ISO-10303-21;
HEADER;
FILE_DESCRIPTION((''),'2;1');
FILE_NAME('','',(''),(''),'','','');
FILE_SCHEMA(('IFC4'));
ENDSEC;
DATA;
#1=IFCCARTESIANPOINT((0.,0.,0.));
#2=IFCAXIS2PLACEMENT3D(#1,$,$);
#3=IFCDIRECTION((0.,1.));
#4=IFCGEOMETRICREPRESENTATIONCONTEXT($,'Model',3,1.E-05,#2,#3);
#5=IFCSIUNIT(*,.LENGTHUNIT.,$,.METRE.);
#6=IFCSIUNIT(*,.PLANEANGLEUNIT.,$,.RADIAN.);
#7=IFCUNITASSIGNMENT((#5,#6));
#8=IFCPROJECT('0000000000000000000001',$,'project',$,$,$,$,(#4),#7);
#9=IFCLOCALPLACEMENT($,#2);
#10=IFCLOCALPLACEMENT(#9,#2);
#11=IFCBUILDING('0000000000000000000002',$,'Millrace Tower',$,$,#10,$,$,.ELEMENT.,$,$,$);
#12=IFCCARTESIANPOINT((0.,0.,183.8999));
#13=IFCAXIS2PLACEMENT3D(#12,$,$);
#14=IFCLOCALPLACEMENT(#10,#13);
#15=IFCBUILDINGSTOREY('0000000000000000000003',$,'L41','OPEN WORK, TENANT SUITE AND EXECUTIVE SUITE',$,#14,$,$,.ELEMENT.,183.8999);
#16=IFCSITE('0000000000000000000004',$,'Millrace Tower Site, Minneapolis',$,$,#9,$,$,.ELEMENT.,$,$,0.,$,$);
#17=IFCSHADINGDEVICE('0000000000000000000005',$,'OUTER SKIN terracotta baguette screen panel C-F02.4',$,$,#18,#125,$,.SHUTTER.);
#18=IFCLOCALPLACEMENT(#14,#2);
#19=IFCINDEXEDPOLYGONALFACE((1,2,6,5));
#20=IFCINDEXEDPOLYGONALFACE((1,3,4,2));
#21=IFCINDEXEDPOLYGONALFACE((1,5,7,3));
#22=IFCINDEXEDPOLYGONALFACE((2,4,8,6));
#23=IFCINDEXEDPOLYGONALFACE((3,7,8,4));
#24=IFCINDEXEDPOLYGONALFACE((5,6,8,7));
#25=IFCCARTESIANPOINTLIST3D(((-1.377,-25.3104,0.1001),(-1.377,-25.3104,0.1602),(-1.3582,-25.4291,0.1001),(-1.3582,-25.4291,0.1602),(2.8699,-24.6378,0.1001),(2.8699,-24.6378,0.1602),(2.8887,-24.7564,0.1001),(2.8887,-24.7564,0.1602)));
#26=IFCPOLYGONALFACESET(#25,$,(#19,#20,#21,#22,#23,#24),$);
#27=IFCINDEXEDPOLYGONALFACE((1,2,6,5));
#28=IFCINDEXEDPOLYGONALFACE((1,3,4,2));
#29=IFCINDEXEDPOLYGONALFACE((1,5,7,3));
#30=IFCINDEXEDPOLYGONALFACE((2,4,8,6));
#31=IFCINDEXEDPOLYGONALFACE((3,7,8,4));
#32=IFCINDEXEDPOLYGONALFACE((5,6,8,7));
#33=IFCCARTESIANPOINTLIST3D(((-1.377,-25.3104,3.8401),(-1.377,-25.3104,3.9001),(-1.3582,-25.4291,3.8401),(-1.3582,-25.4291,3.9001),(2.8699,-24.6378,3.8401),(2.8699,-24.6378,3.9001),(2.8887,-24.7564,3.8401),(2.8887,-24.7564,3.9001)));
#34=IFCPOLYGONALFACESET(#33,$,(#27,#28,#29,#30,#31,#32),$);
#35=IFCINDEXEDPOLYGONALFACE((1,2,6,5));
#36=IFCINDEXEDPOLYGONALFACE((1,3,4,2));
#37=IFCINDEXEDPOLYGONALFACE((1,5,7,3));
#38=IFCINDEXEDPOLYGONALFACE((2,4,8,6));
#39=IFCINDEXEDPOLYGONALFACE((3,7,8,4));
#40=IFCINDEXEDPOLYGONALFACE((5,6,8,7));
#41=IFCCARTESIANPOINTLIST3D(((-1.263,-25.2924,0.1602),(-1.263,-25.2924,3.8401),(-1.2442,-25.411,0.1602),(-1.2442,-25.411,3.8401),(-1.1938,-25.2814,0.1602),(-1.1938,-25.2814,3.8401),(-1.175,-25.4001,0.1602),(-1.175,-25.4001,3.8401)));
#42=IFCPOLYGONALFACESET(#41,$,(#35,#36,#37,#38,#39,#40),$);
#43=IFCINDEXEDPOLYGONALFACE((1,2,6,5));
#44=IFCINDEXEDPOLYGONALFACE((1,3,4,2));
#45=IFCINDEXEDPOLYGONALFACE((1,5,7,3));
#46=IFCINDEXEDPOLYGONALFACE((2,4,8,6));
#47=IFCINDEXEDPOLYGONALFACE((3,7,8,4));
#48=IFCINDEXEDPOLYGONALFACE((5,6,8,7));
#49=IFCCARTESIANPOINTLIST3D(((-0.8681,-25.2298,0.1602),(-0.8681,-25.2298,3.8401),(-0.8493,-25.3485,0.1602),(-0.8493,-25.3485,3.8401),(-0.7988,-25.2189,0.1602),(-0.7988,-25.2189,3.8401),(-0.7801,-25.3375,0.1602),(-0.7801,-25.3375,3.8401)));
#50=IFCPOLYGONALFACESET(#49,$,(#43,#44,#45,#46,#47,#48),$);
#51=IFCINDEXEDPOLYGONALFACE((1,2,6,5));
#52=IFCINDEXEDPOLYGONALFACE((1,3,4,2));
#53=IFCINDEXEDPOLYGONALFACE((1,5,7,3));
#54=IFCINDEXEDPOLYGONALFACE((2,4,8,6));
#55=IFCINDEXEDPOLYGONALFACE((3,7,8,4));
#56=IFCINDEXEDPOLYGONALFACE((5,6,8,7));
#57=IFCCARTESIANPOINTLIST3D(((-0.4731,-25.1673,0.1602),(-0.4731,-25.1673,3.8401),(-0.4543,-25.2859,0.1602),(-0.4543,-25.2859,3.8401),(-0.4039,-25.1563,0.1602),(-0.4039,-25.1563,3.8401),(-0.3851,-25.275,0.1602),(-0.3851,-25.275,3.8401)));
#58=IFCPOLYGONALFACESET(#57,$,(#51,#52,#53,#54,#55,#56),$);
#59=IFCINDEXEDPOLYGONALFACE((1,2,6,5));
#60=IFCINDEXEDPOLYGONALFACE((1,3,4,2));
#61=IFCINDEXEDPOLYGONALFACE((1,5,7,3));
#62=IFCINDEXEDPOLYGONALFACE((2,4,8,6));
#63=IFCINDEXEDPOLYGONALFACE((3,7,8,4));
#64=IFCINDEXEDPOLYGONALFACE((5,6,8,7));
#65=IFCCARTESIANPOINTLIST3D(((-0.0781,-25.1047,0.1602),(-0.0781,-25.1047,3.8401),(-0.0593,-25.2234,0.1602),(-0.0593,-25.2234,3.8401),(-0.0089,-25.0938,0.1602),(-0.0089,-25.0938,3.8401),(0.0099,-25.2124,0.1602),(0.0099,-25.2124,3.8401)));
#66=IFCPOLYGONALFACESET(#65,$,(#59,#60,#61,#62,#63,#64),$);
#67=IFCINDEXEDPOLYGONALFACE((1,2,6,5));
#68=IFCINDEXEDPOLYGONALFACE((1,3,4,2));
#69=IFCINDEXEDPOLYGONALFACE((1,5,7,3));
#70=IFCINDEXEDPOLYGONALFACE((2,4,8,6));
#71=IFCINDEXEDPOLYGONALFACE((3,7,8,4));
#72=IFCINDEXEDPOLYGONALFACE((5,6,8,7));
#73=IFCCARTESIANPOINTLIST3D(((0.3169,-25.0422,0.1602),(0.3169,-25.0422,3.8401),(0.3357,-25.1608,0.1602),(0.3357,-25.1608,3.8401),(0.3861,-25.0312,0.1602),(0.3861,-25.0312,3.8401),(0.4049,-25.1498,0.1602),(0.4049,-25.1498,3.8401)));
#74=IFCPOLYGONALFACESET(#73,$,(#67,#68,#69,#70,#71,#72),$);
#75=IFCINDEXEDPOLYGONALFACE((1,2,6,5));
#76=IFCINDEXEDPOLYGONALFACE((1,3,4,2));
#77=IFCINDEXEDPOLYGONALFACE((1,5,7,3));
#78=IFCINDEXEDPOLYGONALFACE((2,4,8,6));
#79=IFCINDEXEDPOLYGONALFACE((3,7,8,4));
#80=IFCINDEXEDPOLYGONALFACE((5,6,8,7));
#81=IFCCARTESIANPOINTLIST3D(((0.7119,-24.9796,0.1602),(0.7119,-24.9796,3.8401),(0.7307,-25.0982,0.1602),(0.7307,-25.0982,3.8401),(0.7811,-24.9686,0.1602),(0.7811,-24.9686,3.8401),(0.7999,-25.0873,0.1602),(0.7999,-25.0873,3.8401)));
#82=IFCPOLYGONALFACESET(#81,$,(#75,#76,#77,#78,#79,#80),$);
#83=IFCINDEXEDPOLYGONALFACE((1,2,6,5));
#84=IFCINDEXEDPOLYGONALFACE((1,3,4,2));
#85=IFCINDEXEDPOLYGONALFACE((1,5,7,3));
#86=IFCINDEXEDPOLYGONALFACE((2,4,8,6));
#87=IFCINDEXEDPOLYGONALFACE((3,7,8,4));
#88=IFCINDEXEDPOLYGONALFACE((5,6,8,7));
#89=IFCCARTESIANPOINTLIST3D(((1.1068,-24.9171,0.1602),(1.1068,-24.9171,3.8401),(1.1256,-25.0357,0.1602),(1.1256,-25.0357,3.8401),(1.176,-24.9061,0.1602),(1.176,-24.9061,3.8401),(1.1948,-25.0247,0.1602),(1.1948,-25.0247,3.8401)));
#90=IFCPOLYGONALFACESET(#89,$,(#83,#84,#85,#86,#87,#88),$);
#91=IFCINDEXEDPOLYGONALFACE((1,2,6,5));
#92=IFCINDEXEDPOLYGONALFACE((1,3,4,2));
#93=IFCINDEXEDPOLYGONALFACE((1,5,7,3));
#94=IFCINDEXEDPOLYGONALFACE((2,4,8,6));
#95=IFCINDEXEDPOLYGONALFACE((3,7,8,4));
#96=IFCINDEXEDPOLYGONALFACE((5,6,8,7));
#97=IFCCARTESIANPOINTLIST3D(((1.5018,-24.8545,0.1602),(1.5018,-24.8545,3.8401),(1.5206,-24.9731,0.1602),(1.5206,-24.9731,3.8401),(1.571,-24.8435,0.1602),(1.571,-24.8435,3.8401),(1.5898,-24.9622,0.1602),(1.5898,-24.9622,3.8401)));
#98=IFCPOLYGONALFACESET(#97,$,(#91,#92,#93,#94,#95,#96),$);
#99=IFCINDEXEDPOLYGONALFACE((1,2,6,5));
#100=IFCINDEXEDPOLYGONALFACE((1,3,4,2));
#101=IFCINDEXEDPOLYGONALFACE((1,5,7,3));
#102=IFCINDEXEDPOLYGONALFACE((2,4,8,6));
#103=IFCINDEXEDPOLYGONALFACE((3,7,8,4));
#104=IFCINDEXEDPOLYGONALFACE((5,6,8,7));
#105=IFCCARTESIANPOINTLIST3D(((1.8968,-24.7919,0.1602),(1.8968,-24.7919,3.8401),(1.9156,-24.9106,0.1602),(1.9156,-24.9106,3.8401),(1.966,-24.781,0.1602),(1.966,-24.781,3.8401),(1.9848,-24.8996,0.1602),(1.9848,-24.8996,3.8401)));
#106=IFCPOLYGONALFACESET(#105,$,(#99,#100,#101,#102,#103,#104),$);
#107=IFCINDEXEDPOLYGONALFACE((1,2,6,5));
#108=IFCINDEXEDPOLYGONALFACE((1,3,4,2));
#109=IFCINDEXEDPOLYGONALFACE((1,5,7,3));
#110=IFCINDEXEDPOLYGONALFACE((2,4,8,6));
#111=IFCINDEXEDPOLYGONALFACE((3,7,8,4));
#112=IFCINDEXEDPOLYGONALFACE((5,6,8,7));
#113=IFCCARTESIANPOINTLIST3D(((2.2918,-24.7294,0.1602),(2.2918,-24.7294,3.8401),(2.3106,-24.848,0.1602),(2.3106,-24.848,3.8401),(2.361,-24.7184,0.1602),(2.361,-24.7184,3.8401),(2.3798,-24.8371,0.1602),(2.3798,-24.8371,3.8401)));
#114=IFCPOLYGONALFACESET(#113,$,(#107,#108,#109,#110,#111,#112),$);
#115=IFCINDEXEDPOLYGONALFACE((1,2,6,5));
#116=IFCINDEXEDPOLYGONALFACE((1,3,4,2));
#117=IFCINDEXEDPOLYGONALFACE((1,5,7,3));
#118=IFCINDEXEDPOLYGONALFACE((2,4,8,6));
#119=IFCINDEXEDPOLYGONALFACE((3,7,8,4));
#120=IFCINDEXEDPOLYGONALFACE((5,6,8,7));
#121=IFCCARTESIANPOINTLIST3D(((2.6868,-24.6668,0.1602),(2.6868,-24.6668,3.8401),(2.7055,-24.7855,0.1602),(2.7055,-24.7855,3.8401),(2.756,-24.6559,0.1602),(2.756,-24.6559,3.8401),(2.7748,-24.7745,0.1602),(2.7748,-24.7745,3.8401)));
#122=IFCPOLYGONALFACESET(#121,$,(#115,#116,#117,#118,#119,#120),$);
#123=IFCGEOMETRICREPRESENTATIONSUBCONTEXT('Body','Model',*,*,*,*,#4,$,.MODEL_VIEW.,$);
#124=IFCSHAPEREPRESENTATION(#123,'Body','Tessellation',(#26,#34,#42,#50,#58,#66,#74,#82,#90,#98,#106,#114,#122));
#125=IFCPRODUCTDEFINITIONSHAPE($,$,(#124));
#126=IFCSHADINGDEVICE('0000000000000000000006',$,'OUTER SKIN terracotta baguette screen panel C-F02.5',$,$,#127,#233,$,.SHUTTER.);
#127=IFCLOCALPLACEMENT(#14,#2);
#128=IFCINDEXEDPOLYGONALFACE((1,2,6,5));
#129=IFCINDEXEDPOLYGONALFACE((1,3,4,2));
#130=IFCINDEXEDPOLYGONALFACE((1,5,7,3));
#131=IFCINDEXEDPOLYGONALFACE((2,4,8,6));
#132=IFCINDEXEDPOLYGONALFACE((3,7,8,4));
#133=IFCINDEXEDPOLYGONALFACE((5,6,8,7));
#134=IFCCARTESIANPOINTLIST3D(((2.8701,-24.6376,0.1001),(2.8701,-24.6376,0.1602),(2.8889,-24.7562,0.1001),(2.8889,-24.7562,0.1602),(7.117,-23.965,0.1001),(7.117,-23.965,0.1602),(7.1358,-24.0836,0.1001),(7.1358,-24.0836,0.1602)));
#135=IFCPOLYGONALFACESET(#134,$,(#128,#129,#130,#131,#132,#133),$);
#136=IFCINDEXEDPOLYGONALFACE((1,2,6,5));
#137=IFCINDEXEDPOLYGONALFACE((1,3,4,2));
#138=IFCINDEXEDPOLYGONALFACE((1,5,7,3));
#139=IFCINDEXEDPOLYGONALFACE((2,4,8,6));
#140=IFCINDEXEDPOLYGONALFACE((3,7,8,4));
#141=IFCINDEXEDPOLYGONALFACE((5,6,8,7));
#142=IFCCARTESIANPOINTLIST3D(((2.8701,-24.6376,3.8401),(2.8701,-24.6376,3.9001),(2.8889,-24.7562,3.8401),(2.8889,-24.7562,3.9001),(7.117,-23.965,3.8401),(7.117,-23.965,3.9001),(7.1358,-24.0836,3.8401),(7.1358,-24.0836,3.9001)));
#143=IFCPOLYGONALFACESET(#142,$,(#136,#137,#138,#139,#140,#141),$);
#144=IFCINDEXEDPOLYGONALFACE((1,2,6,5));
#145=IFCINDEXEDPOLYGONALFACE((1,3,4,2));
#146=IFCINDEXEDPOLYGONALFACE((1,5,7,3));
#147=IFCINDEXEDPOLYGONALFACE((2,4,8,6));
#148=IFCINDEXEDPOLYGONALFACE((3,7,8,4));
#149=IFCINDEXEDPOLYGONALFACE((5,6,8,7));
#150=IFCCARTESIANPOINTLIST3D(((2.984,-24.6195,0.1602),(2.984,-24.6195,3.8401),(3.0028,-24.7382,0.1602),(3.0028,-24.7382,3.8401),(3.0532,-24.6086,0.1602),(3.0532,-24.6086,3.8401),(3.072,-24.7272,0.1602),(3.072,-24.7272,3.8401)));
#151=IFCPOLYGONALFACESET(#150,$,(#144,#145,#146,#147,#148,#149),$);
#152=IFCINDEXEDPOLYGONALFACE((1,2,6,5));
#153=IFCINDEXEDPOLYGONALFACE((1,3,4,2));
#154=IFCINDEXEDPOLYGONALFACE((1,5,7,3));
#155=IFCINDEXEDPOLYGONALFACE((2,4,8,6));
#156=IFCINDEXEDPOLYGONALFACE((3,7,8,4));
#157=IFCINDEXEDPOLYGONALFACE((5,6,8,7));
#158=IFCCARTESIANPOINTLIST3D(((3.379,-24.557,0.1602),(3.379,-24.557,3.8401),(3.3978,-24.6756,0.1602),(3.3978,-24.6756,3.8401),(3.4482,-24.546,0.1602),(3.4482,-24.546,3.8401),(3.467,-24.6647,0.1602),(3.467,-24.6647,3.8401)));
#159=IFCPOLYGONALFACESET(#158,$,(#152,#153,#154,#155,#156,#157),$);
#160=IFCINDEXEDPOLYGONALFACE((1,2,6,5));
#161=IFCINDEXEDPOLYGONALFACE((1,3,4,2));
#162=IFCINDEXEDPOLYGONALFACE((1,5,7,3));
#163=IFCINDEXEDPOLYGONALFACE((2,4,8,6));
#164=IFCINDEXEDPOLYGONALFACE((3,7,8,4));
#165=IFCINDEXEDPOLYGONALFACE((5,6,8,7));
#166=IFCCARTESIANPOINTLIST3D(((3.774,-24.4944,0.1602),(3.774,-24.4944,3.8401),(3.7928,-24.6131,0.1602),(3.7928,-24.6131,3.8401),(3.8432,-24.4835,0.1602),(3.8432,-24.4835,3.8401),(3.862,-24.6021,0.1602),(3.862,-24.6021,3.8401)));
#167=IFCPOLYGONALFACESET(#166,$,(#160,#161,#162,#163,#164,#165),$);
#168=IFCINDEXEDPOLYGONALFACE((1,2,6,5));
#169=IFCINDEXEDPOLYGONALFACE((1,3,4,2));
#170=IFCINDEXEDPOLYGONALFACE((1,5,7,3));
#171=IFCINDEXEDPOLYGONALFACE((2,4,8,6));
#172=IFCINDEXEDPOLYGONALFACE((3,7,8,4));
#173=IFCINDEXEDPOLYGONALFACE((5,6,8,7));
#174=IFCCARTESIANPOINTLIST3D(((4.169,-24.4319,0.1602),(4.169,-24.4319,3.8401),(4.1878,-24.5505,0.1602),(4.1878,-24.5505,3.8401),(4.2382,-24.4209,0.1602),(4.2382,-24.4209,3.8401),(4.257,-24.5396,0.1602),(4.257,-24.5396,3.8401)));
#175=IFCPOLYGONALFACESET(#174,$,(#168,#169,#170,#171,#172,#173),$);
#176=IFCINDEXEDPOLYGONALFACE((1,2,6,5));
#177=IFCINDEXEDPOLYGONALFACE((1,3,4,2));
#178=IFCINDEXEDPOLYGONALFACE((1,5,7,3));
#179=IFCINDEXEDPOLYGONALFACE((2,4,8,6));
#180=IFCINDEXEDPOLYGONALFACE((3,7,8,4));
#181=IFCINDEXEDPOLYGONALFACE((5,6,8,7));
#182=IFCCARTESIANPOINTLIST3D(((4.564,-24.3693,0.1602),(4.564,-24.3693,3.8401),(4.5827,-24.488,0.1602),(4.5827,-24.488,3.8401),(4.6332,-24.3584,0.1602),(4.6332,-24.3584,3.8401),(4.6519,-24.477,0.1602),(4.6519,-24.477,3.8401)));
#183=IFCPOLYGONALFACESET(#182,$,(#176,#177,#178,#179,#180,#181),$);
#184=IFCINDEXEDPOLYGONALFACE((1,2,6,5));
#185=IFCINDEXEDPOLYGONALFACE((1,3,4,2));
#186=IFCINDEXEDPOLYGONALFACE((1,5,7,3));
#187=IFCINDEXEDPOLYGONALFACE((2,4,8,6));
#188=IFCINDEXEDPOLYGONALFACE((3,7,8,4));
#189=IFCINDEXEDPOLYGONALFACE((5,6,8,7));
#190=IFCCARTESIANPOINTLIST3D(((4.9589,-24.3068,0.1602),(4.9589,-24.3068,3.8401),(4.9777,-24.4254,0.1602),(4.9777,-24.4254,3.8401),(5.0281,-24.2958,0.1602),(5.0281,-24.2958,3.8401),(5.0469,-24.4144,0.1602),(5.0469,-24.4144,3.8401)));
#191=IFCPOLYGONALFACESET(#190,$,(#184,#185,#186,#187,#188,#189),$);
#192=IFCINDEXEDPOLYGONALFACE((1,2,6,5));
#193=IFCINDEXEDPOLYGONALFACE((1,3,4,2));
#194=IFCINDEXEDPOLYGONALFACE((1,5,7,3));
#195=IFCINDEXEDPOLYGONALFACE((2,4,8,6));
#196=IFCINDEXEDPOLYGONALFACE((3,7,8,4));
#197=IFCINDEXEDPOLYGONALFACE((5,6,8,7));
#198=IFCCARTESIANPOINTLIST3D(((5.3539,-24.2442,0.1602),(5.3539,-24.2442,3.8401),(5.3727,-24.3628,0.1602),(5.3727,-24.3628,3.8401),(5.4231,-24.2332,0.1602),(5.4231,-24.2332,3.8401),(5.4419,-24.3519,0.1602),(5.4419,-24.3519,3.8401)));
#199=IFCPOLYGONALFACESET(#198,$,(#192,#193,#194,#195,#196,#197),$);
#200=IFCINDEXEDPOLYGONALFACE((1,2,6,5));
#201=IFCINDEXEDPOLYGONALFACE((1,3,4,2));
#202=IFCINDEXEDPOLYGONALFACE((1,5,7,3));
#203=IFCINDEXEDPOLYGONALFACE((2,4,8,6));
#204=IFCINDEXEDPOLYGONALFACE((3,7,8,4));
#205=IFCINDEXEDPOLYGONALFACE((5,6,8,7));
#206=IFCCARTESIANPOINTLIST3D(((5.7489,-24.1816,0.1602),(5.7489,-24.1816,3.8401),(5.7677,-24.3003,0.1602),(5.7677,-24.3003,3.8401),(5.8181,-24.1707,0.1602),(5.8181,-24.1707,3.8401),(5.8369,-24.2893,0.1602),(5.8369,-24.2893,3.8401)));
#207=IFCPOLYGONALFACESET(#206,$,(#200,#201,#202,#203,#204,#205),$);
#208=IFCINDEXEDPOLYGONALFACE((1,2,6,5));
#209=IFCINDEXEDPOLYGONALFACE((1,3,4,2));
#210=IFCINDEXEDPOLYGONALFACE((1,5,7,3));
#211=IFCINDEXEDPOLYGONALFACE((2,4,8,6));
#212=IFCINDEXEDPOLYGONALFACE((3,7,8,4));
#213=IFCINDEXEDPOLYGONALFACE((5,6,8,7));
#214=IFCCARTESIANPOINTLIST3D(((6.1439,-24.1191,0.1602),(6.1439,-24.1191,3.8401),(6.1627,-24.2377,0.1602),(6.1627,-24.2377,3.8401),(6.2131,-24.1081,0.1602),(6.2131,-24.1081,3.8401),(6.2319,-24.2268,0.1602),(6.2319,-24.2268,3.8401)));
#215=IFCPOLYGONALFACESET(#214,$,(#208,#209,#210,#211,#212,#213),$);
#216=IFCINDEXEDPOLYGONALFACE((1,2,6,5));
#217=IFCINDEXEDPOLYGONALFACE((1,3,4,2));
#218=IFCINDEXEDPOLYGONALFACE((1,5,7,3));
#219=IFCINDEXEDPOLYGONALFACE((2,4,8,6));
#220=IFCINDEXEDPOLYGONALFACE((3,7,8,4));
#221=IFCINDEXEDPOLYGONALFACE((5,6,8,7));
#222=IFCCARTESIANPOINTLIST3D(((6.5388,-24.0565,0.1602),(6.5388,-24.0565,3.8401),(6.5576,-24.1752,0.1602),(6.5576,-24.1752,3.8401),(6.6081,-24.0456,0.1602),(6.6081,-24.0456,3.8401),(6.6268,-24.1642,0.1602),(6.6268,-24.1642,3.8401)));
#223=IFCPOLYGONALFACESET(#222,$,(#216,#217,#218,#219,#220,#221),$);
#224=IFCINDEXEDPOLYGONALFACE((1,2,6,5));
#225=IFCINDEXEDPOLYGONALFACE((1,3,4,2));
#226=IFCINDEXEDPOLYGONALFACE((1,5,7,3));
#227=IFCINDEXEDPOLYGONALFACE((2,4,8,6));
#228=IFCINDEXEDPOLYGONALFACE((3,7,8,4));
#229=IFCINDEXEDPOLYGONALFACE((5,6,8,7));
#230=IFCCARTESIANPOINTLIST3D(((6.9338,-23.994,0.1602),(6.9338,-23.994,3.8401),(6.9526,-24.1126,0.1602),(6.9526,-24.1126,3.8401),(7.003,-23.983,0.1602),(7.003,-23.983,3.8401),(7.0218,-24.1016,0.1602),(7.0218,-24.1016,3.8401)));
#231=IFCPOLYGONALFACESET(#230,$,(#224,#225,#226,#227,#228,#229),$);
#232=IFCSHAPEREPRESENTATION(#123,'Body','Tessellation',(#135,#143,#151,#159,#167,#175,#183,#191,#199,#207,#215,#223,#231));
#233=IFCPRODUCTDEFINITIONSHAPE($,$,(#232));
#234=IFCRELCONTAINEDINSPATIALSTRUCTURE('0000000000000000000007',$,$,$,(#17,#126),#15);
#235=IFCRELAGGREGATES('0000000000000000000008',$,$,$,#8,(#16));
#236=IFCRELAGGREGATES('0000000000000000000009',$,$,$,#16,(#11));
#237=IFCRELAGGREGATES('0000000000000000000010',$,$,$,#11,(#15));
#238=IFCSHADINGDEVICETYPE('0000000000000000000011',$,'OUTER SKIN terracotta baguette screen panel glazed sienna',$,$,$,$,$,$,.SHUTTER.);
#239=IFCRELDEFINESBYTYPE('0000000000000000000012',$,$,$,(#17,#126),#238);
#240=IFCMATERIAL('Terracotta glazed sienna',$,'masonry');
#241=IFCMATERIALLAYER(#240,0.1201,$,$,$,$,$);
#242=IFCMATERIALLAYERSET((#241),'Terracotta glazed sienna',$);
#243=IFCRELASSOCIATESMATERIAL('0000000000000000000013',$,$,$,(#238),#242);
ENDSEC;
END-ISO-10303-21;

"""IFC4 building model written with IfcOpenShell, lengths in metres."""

from ifc_helpers import new_model, entity, si_unit, direction, frame, frame_2d, origin, origin_2d, place, context, subcontext, project, spatial, rectangle, extrude, source, transform, mapped, material, layer, layer_set, type_object, element, save


model = new_model("IFC4")

# Units and contexts
model_context = context("Model", 3, precision=1e-05, world=origin(), true_north=direction((0.0, 1.0)))
body_context = subcontext(model_context, "Body", "Model", "MODEL_VIEW")
ifc_project = project(units=[si_unit("LENGTHUNIT", "METRE"), si_unit("PLANEANGLEUNIT", "RADIAN")], contexts=[model_context])

# Site, building, storey
site_placement = place(None, origin())
site = spatial("IfcSite", under=ifc_project, at=site_placement, Name="Millrace Tower Site, Minneapolis", CompositionType="ELEMENT", RefElevation=0.0)
building_placement = place(site_placement, origin())
building = spatial("IfcBuilding", under=site, at=building_placement, Name="Millrace Tower", CompositionType="ELEMENT")
storey_placement = place(building_placement, frame((0.0, 0.0, 183.8999)))
storey = spatial("IfcBuildingStorey", under=building, at=storey_placement, Name="L41", Description="OPEN WORK, TENANT SUITE AND EXECUTIVE SUITE", CompositionType="ELEMENT", Elevation=183.8999)

# Shading devices
ifc_material_1 = material(Name="Terracotta glazed sienna", Category="masonry")
ifc_layer_1 = layer(ifc_material_1, 0.1201)
ifc_layer_set_1 = layer_set([ifc_layer_1], Name="Terracotta glazed sienna")
shading_device_type = type_object("IfcShadingDeviceType", Name="OUTER SKIN terracotta baguette screen panel glazed sienna", PredefinedType="SHUTTER", material=ifc_layer_set_1)
cartesian_point = entity("IfcCartesianPoint", [-2.1499, 0.0601])
shared_polyline = entity("IfcPolyline", [cartesian_point, entity("IfcCartesianPoint", [2.1499, 0.0601]), entity("IfcCartesianPoint", [2.1499, -0.0601]), entity("IfcCartesianPoint", [-2.1499, -0.0601]), cartesian_point])
shared_shape = source(origin(), body_context, "Body", "SweptSolid", [
    entity("IfcExtrudedAreaSolid", entity("IfcArbitraryClosedProfileDef", "AREA", None, shared_polyline), entity("IfcAxis2Placement3D", entity("IfcCartesianPoint", [0.0, 0.0, 0.0])), entity("IfcDirection", [0.0, 0.0, 1.0]), 0.0601),
    entity("IfcExtrudedAreaSolid", entity("IfcArbitraryClosedProfileDef", "AREA", None, shared_polyline), entity("IfcAxis2Placement3D", entity("IfcCartesianPoint", [0.0, 0.0, 3.74])), entity("IfcDirection", [0.0, 0.0, 1.0]), 0.0601),
    extrude(rectangle(XDim=0.0701, YDim=0.1201, at=frame_2d((-1.9995, 0.0))), frame((0.0, 0.0, 0.0601)), (0.0, 0.0, 1.0), 3.6799),
    extrude(rectangle(XDim=0.0701, YDim=0.1201, at=frame_2d((-1.5996, 0.0))), frame((0.0, 0.0, 0.0601)), (0.0, 0.0, 1.0), 3.6799),
    extrude(rectangle(XDim=0.0701, YDim=0.1201, at=frame_2d((-1.1997, 0.0))), frame((0.0, 0.0, 0.0601)), (0.0, 0.0, 1.0), 3.6799),
    extrude(rectangle(XDim=0.0701, YDim=0.1201, at=frame_2d((-0.7998, 0.0))), frame((0.0, 0.0, 0.0601)), (0.0, 0.0, 1.0), 3.6799),
    extrude(rectangle(XDim=0.0701, YDim=0.1201, at=frame_2d((-0.3999, 0.0))), frame((0.0, 0.0, 0.0601)), (0.0, 0.0, 1.0), 3.6799),
    extrude(rectangle(XDim=0.0701, YDim=0.1201, at=origin_2d()), frame((0.0, 0.0, 0.0601)), (0.0, 0.0, 1.0), 3.6799),
    extrude(rectangle(XDim=0.0701, YDim=0.1201, at=frame_2d((0.3999, 0.0))), frame((0.0, 0.0, 0.0601)), (0.0, 0.0, 1.0), 3.6799),
    extrude(rectangle(XDim=0.0701, YDim=0.1201, at=frame_2d((0.7998, 0.0))), frame((0.0, 0.0, 0.0601)), (0.0, 0.0, 1.0), 3.6799),
    extrude(rectangle(XDim=0.0701, YDim=0.1201, at=frame_2d((1.1997, 0.0))), frame((0.0, 0.0, 0.0601)), (0.0, 0.0, 1.0), 3.6799),
    extrude(rectangle(XDim=0.0701, YDim=0.1201, at=frame_2d((1.5996, 0.0))), frame((0.0, 0.0, 0.0601)), (0.0, 0.0, 1.0), 3.6799),
    extrude(rectangle(XDim=0.0701, YDim=0.1201, at=frame_2d((1.9995, 0.0))), frame((0.0, 0.0, 0.0601)), (0.0, 0.0, 1.0), 3.6799),
])
for number, where, z_axis, x_axis, name in (
    (1, (0.7559, -25.0334, 0.1001), (0.0, 0.0, 1.0), (0.987688, 0.156434, 0.0), "OUTER SKIN terracotta baguette screen panel C-F02.4"),
    (2, (5.0029, -24.3606, 0.1001), (0.0, 0.0, 1.0), (0.987688, 0.156434, 0.0), "OUTER SKIN terracotta baguette screen panel C-F02.5"),
):
    element("IfcShadingDevice", number, at=place(storey_placement, frame(where, z_axis=z_axis, x_axis=x_axis)), inside=storey, type_object=shading_device_type, Name=name, PredefinedType="SHUTTER", context=body_context, shape_type="MappedRepresentation", body=[
        mapped(shared_shape, transform((0.0, 0.0, 0.0), scale=1.0)),
    ])

save(model, "model.ifc")
